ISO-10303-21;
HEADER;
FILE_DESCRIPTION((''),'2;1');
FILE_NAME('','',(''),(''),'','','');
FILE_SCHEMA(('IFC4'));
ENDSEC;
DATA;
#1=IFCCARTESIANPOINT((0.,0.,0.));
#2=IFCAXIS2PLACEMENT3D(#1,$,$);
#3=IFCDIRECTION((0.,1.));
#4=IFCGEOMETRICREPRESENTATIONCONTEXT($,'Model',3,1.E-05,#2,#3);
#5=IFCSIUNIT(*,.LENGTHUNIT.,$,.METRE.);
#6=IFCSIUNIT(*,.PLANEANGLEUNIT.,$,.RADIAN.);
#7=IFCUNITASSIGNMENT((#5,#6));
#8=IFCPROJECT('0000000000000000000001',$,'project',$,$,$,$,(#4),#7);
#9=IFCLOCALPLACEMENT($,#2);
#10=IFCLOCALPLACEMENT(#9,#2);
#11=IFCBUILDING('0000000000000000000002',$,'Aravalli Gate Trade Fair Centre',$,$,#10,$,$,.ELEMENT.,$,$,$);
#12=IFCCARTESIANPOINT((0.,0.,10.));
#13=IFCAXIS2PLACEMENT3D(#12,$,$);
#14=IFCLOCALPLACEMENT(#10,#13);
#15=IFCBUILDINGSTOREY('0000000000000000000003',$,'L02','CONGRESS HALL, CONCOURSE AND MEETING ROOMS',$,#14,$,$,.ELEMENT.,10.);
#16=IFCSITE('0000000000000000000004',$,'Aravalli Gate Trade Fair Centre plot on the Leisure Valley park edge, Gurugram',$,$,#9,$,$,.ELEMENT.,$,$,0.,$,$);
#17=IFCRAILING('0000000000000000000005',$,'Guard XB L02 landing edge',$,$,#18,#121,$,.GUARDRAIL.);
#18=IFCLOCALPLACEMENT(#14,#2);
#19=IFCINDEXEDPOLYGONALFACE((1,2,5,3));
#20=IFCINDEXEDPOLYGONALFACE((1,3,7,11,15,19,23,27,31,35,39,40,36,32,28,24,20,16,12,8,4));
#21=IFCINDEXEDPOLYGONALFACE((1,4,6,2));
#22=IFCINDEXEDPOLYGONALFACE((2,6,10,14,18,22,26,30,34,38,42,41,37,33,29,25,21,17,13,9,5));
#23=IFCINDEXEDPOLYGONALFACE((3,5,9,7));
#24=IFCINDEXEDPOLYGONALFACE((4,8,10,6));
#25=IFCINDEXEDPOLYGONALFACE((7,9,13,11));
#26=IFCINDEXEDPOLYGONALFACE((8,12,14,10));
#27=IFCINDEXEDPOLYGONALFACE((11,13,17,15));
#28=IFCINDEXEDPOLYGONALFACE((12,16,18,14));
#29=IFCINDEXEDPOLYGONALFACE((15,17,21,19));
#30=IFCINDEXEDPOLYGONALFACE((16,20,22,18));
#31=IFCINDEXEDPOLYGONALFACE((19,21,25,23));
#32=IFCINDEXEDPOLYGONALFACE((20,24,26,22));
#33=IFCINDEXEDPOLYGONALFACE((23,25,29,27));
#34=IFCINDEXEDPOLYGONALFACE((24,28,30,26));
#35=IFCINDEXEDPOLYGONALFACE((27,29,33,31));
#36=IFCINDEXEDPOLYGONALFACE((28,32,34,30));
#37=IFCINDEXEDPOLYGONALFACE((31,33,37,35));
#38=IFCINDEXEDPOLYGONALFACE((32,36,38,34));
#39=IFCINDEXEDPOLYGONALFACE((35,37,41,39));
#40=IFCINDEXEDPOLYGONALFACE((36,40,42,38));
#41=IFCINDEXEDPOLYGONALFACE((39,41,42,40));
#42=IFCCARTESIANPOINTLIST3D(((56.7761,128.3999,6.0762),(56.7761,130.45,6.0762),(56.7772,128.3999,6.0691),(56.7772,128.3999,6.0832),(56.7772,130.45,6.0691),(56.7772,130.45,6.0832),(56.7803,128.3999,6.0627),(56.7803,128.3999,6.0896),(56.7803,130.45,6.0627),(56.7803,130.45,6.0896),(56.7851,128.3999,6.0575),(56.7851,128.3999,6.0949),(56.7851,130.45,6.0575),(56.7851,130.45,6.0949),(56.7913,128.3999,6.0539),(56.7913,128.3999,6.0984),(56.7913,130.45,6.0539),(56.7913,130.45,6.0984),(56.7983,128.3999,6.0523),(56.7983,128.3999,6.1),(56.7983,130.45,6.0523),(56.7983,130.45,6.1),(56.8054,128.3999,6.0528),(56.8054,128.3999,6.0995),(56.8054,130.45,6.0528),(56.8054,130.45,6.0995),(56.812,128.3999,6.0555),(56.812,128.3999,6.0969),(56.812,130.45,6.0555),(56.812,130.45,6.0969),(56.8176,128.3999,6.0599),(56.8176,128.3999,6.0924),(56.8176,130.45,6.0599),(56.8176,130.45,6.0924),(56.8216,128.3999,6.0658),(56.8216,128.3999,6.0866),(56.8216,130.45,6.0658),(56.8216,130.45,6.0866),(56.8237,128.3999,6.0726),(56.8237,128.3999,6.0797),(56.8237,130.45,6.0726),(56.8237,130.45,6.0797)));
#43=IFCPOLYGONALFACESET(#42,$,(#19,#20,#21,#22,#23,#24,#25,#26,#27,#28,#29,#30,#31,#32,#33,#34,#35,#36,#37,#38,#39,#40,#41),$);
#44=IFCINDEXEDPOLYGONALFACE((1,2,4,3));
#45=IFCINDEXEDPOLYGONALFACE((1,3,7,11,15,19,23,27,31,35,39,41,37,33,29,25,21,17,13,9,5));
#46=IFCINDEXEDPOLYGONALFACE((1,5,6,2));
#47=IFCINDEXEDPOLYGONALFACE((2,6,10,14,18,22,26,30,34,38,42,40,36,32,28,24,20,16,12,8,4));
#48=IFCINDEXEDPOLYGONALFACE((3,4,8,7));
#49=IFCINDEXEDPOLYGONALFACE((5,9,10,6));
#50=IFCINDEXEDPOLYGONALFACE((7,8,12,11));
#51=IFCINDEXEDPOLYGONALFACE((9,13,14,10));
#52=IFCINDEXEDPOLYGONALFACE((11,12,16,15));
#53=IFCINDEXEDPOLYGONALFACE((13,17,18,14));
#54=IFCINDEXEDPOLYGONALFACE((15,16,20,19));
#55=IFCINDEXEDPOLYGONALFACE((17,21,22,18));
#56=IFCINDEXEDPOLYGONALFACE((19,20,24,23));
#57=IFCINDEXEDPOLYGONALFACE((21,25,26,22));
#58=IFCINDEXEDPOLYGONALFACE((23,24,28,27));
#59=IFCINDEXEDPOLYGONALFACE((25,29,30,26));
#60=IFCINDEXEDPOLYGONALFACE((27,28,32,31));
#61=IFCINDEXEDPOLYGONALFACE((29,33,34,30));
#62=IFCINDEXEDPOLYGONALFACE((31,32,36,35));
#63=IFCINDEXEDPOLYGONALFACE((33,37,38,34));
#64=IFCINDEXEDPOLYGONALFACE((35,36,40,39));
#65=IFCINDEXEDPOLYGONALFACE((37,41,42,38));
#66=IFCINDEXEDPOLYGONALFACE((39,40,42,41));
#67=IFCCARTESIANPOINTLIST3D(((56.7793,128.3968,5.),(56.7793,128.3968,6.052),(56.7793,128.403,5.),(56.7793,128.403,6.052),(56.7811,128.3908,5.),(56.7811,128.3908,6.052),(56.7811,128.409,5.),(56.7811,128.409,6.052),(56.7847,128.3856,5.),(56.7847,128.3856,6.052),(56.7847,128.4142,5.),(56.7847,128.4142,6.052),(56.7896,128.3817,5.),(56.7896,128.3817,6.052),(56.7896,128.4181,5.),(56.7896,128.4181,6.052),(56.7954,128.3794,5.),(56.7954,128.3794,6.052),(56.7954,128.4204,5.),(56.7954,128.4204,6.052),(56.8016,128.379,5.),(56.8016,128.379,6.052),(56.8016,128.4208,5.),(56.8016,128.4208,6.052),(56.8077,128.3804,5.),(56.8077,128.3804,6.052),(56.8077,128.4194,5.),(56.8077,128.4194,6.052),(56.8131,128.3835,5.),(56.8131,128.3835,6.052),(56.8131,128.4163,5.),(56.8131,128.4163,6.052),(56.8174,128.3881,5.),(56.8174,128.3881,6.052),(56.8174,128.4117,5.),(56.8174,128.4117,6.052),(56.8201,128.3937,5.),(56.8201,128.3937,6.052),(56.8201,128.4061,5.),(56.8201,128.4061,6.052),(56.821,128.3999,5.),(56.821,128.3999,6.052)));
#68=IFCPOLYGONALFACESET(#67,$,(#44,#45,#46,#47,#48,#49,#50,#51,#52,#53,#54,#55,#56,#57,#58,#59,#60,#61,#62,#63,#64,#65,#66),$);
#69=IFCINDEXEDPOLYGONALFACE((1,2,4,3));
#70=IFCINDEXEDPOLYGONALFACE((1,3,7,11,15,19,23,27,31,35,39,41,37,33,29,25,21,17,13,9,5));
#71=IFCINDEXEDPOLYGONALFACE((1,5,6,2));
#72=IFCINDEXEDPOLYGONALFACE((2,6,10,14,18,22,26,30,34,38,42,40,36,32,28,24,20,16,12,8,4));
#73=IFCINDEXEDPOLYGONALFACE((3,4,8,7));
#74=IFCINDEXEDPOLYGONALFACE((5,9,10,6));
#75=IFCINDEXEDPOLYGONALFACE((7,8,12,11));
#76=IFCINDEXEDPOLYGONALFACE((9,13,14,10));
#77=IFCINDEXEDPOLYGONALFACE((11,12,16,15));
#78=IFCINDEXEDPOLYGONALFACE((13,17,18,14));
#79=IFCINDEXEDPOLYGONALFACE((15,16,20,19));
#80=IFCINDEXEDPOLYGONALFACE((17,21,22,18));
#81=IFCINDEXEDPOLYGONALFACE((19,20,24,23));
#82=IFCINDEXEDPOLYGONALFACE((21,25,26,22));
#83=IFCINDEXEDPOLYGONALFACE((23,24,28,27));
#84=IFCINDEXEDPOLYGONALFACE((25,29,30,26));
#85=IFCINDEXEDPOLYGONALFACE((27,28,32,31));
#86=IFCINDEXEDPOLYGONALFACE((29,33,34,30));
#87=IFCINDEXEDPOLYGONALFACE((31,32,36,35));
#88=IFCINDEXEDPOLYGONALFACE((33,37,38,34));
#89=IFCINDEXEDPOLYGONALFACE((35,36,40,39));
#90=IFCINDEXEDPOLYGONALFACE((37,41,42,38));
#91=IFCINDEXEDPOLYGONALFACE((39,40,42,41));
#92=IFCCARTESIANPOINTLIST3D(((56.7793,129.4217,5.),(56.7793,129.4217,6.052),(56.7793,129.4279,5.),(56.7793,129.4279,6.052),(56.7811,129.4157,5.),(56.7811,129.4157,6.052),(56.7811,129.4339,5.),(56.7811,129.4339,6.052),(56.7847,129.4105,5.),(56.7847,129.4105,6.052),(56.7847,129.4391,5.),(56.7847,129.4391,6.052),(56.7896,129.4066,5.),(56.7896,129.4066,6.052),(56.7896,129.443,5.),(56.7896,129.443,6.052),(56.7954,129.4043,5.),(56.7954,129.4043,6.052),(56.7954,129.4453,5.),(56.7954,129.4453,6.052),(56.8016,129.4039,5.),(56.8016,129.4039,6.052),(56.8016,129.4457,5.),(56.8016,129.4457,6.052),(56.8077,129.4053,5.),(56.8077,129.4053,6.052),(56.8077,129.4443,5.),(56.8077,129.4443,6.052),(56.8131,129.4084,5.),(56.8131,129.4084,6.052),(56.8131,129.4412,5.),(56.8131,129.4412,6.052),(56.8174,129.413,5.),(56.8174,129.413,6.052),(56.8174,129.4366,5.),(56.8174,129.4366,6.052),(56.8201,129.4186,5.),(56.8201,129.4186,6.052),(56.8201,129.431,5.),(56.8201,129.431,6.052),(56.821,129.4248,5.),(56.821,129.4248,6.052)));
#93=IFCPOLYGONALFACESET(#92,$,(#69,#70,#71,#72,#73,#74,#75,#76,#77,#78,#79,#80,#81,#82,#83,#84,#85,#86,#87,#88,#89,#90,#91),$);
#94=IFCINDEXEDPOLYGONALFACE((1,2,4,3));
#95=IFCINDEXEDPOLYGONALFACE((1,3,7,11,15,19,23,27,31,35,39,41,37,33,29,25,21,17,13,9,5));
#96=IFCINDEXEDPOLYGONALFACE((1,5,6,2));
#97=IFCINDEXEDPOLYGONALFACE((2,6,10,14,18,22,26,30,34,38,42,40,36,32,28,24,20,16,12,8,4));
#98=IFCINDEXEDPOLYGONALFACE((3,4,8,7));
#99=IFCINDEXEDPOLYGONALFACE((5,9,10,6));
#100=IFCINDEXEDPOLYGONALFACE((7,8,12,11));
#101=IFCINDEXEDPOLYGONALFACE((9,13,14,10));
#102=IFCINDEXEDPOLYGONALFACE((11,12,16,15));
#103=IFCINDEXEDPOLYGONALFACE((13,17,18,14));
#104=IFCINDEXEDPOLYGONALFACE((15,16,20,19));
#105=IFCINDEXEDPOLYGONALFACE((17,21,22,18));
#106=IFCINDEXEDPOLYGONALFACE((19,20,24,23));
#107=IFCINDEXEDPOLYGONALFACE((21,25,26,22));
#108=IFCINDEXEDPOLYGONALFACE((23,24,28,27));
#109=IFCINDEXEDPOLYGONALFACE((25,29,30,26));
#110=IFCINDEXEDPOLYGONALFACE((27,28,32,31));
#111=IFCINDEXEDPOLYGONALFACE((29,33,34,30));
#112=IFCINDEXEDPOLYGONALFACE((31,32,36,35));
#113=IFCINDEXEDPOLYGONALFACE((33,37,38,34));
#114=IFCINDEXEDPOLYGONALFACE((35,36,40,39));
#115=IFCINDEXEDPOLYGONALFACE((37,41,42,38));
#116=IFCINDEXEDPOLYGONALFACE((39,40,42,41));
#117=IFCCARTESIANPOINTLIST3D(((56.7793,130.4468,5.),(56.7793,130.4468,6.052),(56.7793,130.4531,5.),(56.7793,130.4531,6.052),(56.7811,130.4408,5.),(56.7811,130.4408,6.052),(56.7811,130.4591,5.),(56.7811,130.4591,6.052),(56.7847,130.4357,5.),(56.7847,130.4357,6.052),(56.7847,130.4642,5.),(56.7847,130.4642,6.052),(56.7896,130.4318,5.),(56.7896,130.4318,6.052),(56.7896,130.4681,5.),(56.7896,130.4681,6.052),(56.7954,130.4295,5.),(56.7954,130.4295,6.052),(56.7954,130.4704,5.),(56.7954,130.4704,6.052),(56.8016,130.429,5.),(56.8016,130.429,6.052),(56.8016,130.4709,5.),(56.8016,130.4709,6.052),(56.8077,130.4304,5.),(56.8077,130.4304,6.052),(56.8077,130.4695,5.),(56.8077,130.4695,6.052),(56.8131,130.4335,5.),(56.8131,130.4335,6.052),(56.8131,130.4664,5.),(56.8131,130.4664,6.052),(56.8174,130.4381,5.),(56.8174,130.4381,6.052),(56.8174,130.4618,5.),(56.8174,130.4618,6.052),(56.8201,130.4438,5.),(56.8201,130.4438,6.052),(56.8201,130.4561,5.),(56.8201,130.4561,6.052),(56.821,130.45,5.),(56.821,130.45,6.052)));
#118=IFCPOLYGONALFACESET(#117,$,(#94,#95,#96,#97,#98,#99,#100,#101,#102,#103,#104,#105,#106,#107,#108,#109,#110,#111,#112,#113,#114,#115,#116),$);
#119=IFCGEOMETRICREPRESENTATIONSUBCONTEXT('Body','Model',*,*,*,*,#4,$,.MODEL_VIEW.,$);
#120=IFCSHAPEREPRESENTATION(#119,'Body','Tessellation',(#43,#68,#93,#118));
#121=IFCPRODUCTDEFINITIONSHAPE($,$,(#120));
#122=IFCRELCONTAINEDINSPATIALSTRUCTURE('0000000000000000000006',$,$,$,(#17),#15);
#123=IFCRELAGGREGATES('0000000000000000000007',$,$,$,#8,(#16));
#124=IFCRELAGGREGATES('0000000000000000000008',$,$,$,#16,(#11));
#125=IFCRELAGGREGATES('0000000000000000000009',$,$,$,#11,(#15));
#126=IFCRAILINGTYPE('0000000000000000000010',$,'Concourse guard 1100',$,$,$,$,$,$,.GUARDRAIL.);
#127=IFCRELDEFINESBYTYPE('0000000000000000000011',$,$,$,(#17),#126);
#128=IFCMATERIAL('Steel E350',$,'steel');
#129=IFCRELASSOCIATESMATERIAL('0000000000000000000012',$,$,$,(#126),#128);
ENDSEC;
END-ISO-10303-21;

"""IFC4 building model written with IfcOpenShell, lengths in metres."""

from ifc_helpers import new_model, si_unit, direction, frame, origin, origin_2d, place, context, subcontext, project, spatial, circle, extrude, material, type_object, element, save


model = new_model("IFC4")

# Units and contexts
model_context = context("Model", 3, precision=1e-05, world=origin(), true_north=direction((0.0, 1.0)))
body_context = subcontext(model_context, "Body", "Model", "MODEL_VIEW")
ifc_project = project(units=[si_unit("LENGTHUNIT", "METRE"), si_unit("PLANEANGLEUNIT", "RADIAN")], contexts=[model_context])

# Site, building, storey
site_placement = place(None, origin())
site = spatial("IfcSite", under=ifc_project, at=site_placement, Name="Aravalli Gate Trade Fair Centre plot on the Leisure Valley park edge, Gurugram", CompositionType="ELEMENT", RefElevation=0.0)
building_placement = place(site_placement, origin())
building = spatial("IfcBuilding", under=site, at=building_placement, Name="Aravalli Gate Trade Fair Centre", CompositionType="ELEMENT")
storey_placement = place(building_placement, frame((0.0, 0.0, 10.0)))
storey = spatial("IfcBuildingStorey", under=building, at=storey_placement, Name="L02", Description="CONGRESS HALL, CONCOURSE AND MEETING ROOMS", CompositionType="ELEMENT", Elevation=10.0)

# Shared definitions
ifc_material_1 = material(Name="Steel E350", Category="steel")

# Railing
railing_type_1 = type_object("IfcRailingType", Name="Concourse guard 1100", PredefinedType="GUARDRAIL", material=ifc_material_1)
railing_1_placement = place(storey_placement, frame((56.8, 128.3999, 5.0)))
element("IfcRailing", 1, at=railing_1_placement, inside=storey, type_object=railing_type_1, Name="Guard XB L02 landing edge", PredefinedType="GUARDRAIL", context=body_context, shape_type="SweptSolid", body=[
    extrude(circle(Radius=0.0239, at=origin_2d()), frame((0.0, 0.0, 1.0762), z_axis=(0.0, 1.0, 0.0), x_axis=(-1.0, 0.0, 0.0)), (0.0, 0.0, 1.0), 2.05),
    extrude(circle(Radius=0.021, at=origin_2d()), origin(), (0.0, 0.0, 1.0), 1.052),
    extrude(circle(Radius=0.021, at=origin_2d()), frame((0.0, 1.0249, 0.0)), (0.0, 0.0, 1.0), 1.052),
    extrude(circle(Radius=0.021, at=origin_2d()), frame((0.0, 2.05, 0.0)), (0.0, 0.0, 1.0), 1.052),
])

save(model, "model.ifc")
